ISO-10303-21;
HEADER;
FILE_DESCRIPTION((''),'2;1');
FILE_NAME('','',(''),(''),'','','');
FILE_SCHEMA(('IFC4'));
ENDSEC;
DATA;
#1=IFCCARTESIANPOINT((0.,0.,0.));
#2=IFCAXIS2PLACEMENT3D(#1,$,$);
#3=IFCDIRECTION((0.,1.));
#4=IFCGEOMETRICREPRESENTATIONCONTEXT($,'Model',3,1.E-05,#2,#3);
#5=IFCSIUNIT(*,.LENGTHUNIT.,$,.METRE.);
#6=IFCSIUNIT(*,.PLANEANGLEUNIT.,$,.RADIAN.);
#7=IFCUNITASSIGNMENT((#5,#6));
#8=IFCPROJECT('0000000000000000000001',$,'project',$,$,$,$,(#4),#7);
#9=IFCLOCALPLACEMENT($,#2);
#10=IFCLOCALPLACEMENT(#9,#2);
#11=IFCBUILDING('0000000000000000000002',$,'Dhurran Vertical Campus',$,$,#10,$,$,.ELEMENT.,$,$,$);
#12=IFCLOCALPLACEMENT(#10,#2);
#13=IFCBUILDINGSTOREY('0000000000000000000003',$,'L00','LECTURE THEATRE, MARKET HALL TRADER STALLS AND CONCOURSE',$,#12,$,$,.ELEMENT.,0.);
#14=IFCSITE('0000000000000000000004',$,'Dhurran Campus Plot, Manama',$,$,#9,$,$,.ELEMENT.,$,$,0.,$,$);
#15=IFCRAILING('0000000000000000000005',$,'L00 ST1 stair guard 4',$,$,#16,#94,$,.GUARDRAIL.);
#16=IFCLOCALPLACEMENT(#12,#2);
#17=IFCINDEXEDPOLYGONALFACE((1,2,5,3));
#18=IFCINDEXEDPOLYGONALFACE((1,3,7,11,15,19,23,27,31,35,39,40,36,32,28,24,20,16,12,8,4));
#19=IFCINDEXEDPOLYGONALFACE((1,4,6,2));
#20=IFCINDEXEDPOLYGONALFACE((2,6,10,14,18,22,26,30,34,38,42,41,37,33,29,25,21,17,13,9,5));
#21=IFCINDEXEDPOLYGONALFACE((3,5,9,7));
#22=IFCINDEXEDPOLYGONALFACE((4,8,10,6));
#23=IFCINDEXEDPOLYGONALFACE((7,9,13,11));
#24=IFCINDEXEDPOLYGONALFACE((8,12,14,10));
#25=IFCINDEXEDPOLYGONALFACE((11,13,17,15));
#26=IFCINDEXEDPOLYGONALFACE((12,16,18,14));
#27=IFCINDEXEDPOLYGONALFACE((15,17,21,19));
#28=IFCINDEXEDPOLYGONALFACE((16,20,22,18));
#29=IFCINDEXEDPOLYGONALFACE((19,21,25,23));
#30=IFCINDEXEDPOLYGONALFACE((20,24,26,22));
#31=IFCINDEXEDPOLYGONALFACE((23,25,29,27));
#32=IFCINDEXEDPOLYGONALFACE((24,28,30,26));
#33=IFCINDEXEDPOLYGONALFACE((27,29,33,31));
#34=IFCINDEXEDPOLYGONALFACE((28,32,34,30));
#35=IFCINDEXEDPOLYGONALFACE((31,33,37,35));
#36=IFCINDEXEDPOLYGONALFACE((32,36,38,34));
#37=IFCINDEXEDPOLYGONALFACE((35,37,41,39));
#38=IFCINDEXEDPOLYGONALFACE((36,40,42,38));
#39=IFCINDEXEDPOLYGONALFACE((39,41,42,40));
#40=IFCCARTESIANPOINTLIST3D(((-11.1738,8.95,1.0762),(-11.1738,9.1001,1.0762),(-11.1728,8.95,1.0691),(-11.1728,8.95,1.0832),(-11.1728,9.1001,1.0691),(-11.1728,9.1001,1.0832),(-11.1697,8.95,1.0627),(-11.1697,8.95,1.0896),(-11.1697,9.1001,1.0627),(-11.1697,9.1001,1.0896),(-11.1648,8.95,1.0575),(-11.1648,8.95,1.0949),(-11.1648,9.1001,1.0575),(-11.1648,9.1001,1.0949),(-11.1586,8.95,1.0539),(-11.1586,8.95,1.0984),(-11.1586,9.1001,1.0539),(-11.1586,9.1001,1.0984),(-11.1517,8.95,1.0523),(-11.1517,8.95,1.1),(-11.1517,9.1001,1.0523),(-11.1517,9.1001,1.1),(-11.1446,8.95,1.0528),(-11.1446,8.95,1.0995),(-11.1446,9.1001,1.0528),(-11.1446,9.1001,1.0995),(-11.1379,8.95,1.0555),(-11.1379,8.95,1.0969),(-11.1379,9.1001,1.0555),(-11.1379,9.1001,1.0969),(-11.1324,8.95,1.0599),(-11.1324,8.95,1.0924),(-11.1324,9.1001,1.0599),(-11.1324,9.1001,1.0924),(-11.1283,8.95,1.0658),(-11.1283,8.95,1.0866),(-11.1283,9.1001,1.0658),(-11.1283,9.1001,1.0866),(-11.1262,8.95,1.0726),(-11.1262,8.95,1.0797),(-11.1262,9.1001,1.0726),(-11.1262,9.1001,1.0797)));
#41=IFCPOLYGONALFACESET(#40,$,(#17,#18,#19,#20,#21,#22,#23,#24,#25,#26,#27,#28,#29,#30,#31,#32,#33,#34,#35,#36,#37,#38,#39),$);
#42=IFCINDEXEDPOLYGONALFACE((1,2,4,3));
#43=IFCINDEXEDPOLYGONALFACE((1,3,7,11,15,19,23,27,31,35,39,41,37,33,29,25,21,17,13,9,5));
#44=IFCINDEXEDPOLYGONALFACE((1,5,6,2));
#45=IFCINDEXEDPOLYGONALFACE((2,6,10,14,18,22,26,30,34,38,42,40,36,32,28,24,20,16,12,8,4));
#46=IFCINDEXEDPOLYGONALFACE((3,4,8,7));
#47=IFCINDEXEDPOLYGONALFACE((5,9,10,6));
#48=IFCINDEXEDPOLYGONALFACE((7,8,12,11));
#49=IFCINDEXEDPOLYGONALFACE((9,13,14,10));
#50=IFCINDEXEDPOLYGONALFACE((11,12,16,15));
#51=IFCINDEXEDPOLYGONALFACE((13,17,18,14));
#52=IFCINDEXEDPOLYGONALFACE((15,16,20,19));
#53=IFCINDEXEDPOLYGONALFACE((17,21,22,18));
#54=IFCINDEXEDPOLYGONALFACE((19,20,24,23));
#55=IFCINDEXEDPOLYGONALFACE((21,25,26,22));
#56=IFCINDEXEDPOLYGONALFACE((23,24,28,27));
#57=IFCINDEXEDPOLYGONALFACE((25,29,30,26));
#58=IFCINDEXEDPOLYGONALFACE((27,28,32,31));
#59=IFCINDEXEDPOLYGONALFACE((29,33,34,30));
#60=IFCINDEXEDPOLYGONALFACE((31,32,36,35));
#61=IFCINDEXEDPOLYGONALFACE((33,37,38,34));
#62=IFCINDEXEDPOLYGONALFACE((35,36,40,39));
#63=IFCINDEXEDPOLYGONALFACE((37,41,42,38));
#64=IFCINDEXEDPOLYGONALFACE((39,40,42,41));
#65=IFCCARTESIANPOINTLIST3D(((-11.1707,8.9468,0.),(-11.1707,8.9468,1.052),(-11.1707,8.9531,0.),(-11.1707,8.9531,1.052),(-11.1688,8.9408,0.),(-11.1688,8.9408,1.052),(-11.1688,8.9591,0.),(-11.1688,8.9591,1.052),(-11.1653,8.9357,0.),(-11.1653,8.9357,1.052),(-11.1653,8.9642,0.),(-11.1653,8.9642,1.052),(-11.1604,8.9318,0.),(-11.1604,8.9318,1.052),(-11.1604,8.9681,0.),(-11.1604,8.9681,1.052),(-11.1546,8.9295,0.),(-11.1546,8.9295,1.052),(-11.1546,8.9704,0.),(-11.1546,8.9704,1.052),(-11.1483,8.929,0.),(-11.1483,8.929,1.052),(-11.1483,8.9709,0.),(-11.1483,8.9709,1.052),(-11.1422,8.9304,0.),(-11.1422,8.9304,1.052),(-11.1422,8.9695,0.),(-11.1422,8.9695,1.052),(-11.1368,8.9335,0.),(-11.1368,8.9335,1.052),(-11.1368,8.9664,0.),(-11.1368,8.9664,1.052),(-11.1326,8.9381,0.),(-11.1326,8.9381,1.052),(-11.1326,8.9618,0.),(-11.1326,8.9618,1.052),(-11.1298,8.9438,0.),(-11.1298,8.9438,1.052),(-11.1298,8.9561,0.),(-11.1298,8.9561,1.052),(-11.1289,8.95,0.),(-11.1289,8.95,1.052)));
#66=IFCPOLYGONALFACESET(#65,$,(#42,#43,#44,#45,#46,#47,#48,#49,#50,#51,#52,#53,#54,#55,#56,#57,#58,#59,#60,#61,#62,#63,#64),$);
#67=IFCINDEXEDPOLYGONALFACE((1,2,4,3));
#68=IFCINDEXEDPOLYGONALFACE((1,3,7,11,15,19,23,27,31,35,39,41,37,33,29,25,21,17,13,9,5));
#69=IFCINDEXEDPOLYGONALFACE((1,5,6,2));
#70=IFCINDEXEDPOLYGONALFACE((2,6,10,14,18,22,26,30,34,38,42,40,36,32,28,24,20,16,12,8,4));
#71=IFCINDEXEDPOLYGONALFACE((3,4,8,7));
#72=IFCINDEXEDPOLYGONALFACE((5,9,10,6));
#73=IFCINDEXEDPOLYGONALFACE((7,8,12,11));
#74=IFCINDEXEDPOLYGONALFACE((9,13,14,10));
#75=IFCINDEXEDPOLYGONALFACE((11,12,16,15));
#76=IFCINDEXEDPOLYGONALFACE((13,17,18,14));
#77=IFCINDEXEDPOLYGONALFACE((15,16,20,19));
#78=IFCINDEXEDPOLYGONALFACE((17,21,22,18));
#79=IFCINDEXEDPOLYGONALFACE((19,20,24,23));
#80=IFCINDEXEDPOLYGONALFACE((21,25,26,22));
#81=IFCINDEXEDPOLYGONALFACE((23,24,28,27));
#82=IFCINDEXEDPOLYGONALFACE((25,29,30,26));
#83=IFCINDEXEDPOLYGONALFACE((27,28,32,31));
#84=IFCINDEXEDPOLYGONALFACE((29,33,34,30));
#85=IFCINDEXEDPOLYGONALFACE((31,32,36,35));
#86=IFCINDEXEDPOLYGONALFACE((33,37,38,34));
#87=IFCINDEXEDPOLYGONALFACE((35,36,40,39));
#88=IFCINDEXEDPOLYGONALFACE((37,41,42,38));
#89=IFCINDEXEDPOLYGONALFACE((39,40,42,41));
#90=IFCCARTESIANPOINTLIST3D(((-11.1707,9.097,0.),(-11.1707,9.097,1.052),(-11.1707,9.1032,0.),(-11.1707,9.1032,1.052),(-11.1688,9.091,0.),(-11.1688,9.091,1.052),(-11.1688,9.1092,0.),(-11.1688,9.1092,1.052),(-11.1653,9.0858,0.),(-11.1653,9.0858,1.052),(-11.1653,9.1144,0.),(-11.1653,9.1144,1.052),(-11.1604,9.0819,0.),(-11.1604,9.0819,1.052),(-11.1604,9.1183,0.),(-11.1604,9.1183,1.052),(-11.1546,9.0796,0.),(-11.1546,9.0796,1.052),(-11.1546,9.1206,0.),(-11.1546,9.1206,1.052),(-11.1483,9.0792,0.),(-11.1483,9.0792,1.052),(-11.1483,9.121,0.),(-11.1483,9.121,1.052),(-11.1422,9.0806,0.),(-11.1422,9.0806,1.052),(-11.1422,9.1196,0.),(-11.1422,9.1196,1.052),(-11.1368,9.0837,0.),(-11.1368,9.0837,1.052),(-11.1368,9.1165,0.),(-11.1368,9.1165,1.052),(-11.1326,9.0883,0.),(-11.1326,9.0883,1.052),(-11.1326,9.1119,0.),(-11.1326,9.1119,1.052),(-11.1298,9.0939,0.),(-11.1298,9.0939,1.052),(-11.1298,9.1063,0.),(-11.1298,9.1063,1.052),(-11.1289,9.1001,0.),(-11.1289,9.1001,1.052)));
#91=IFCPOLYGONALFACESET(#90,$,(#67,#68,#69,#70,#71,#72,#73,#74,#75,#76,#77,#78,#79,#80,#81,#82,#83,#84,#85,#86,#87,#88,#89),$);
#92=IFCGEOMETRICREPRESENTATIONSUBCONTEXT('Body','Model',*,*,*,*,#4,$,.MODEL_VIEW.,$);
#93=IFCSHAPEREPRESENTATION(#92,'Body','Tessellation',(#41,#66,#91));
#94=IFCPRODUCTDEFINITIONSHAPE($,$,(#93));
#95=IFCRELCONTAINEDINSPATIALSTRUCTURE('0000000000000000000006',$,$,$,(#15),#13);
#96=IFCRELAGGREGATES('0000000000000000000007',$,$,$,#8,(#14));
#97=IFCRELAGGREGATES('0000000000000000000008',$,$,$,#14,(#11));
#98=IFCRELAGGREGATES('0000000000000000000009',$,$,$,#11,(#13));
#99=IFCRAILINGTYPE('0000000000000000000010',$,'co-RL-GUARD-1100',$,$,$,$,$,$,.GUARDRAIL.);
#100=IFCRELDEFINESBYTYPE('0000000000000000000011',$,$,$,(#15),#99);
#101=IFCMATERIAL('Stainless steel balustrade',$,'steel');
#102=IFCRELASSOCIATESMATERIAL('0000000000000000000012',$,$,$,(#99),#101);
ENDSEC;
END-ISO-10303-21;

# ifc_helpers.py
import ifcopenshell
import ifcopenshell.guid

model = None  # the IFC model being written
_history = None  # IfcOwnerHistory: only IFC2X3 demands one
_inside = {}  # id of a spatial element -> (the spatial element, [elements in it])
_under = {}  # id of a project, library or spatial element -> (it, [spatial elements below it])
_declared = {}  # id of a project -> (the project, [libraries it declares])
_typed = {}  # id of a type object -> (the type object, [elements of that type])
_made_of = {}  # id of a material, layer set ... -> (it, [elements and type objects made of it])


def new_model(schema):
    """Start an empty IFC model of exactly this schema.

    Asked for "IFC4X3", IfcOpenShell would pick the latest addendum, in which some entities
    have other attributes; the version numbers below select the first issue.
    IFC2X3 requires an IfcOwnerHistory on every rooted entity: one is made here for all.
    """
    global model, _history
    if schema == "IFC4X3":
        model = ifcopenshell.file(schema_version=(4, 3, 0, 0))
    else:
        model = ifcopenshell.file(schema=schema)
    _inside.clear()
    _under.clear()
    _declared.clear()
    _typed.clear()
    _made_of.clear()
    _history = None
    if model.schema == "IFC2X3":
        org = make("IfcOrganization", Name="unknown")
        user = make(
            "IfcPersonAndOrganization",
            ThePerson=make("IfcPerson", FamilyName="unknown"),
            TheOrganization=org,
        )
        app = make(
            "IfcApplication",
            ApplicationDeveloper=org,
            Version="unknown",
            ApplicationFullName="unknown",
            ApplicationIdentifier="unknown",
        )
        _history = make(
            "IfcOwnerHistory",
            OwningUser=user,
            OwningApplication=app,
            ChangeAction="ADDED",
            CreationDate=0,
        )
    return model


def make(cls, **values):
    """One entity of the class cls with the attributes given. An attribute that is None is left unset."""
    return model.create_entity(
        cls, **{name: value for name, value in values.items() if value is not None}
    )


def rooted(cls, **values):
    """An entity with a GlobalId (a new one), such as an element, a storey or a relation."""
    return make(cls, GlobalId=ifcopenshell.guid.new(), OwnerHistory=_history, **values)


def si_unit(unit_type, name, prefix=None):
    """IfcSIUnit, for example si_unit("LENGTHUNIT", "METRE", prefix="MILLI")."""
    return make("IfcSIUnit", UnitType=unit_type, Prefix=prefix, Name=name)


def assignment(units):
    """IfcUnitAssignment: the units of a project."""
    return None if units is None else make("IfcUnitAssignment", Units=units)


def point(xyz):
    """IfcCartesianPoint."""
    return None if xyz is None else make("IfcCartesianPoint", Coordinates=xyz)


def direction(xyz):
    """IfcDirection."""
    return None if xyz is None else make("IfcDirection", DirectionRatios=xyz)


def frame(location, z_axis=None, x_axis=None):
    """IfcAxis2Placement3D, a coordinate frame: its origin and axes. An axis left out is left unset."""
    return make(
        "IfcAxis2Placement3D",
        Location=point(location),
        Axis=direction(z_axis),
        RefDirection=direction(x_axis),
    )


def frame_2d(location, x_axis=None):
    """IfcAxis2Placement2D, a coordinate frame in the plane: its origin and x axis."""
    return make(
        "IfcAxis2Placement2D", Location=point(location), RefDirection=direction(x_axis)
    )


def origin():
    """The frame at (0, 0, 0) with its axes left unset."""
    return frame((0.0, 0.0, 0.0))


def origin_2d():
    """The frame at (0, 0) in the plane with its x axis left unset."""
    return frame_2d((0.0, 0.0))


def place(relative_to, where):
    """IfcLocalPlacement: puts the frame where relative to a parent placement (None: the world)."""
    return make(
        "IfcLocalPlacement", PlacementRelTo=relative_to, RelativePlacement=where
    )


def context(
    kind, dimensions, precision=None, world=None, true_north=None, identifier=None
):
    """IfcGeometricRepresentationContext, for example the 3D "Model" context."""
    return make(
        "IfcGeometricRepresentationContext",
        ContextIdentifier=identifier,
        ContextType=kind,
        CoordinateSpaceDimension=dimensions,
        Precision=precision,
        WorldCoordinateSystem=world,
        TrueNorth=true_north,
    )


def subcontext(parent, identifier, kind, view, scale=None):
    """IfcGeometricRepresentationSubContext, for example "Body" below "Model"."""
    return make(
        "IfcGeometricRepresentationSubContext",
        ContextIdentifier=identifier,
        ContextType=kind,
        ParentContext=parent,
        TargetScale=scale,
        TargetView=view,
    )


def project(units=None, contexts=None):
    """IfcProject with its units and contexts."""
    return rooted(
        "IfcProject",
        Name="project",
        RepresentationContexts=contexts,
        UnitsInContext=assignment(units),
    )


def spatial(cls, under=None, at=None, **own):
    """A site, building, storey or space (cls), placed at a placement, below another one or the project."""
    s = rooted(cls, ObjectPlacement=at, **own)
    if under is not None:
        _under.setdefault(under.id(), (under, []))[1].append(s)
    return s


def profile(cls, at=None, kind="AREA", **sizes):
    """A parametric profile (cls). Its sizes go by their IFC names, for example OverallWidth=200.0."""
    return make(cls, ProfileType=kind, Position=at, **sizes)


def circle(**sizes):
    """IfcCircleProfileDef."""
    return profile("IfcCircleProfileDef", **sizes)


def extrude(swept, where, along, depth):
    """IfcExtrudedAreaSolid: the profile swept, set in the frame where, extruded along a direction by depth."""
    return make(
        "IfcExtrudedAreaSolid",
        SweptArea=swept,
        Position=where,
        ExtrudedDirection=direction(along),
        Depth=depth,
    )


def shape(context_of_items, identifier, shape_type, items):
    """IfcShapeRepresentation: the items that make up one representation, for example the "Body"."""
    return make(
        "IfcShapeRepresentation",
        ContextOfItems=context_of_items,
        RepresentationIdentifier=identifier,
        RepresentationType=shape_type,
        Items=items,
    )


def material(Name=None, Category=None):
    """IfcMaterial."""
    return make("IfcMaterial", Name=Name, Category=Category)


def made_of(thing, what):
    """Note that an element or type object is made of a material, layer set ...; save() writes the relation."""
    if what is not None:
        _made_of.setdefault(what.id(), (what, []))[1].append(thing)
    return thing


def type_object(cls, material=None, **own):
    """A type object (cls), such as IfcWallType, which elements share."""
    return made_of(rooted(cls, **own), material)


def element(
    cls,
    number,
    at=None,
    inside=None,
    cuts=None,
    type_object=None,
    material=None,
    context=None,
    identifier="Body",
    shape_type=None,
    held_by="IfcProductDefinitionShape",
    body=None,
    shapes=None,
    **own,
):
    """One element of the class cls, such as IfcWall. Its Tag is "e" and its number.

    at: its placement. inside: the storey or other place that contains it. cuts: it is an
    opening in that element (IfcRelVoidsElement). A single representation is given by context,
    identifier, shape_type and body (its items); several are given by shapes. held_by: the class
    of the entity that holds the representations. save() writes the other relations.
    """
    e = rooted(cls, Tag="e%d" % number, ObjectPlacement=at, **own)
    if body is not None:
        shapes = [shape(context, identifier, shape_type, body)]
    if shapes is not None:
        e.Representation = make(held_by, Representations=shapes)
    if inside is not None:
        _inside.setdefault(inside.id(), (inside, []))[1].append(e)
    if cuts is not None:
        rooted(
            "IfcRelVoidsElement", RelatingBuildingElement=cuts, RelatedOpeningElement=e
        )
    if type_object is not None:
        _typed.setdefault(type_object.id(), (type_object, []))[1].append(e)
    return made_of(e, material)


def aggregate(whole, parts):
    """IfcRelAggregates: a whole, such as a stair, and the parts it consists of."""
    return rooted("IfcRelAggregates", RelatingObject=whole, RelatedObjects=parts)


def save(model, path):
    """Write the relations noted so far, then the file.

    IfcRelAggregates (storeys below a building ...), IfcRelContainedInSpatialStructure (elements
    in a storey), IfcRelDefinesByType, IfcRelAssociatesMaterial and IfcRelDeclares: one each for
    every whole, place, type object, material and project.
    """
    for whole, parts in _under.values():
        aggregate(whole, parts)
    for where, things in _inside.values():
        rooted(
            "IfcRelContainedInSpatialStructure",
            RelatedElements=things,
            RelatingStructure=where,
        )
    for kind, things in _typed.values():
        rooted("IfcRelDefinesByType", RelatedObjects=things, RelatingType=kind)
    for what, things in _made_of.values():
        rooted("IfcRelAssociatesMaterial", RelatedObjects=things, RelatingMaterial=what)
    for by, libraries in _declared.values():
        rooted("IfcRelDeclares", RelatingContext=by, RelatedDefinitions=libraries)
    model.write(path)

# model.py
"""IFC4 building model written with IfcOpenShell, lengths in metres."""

from ifc_helpers import new_model, si_unit, direction, frame, origin, origin_2d, place, context, subcontext, project, spatial, circle, extrude, material, type_object, element, save


model = new_model("IFC4")

# Units and contexts
model_context = context("Model", 3, precision=1e-05, world=origin(), true_north=direction((0.0, 1.0)))
body_context = subcontext(model_context, "Body", "Model", "MODEL_VIEW")
ifc_project = project(units=[si_unit("LENGTHUNIT", "METRE"), si_unit("PLANEANGLEUNIT", "RADIAN")], contexts=[model_context])

# Site, building, storey
site_placement = place(None, origin())
site = spatial("IfcSite", under=ifc_project, at=site_placement, Name="Dhurran Campus Plot, Manama", CompositionType="ELEMENT", RefElevation=0.0)
building_placement = place(site_placement, origin())
building = spatial("IfcBuilding", under=site, at=building_placement, Name="Dhurran Vertical Campus", CompositionType="ELEMENT")
storey_placement = place(building_placement, origin())
storey = spatial("IfcBuildingStorey", under=building, at=storey_placement, Name="L00", Description="LECTURE THEATRE, MARKET HALL TRADER STALLS AND CONCOURSE", CompositionType="ELEMENT", Elevation=0.0)

# Railing
ifc_material_1 = material(Name="Stainless steel balustrade", Category="steel")
railing_type_1 = type_object("IfcRailingType", Name="co-RL-GUARD-1100", PredefinedType="GUARDRAIL", material=ifc_material_1)
railing_1_placement = place(storey_placement, frame((-11.1499, 8.95, 0.0)))
element("IfcRailing", 1, at=railing_1_placement, inside=storey, type_object=railing_type_1, Name="L00 ST1 stair guard 4", PredefinedType="GUARDRAIL", context=body_context, shape_type="SweptSolid", body=[
    extrude(circle(Radius=0.0239, at=origin_2d()), frame((0.0, 0.0, 1.0762), z_axis=(0.0, 1.0, 0.0), x_axis=(-1.0, 0.0, 0.0)), (0.0, 0.0, 1.0), 0.1501),
    extrude(circle(Radius=0.021, at=origin_2d()), origin(), (0.0, 0.0, 1.0), 1.052),
    extrude(circle(Radius=0.021, at=origin_2d()), frame((0.0, 0.1501, 0.0)), (0.0, 0.0, 1.0), 1.052),
])

save(model, "model.ifc")
